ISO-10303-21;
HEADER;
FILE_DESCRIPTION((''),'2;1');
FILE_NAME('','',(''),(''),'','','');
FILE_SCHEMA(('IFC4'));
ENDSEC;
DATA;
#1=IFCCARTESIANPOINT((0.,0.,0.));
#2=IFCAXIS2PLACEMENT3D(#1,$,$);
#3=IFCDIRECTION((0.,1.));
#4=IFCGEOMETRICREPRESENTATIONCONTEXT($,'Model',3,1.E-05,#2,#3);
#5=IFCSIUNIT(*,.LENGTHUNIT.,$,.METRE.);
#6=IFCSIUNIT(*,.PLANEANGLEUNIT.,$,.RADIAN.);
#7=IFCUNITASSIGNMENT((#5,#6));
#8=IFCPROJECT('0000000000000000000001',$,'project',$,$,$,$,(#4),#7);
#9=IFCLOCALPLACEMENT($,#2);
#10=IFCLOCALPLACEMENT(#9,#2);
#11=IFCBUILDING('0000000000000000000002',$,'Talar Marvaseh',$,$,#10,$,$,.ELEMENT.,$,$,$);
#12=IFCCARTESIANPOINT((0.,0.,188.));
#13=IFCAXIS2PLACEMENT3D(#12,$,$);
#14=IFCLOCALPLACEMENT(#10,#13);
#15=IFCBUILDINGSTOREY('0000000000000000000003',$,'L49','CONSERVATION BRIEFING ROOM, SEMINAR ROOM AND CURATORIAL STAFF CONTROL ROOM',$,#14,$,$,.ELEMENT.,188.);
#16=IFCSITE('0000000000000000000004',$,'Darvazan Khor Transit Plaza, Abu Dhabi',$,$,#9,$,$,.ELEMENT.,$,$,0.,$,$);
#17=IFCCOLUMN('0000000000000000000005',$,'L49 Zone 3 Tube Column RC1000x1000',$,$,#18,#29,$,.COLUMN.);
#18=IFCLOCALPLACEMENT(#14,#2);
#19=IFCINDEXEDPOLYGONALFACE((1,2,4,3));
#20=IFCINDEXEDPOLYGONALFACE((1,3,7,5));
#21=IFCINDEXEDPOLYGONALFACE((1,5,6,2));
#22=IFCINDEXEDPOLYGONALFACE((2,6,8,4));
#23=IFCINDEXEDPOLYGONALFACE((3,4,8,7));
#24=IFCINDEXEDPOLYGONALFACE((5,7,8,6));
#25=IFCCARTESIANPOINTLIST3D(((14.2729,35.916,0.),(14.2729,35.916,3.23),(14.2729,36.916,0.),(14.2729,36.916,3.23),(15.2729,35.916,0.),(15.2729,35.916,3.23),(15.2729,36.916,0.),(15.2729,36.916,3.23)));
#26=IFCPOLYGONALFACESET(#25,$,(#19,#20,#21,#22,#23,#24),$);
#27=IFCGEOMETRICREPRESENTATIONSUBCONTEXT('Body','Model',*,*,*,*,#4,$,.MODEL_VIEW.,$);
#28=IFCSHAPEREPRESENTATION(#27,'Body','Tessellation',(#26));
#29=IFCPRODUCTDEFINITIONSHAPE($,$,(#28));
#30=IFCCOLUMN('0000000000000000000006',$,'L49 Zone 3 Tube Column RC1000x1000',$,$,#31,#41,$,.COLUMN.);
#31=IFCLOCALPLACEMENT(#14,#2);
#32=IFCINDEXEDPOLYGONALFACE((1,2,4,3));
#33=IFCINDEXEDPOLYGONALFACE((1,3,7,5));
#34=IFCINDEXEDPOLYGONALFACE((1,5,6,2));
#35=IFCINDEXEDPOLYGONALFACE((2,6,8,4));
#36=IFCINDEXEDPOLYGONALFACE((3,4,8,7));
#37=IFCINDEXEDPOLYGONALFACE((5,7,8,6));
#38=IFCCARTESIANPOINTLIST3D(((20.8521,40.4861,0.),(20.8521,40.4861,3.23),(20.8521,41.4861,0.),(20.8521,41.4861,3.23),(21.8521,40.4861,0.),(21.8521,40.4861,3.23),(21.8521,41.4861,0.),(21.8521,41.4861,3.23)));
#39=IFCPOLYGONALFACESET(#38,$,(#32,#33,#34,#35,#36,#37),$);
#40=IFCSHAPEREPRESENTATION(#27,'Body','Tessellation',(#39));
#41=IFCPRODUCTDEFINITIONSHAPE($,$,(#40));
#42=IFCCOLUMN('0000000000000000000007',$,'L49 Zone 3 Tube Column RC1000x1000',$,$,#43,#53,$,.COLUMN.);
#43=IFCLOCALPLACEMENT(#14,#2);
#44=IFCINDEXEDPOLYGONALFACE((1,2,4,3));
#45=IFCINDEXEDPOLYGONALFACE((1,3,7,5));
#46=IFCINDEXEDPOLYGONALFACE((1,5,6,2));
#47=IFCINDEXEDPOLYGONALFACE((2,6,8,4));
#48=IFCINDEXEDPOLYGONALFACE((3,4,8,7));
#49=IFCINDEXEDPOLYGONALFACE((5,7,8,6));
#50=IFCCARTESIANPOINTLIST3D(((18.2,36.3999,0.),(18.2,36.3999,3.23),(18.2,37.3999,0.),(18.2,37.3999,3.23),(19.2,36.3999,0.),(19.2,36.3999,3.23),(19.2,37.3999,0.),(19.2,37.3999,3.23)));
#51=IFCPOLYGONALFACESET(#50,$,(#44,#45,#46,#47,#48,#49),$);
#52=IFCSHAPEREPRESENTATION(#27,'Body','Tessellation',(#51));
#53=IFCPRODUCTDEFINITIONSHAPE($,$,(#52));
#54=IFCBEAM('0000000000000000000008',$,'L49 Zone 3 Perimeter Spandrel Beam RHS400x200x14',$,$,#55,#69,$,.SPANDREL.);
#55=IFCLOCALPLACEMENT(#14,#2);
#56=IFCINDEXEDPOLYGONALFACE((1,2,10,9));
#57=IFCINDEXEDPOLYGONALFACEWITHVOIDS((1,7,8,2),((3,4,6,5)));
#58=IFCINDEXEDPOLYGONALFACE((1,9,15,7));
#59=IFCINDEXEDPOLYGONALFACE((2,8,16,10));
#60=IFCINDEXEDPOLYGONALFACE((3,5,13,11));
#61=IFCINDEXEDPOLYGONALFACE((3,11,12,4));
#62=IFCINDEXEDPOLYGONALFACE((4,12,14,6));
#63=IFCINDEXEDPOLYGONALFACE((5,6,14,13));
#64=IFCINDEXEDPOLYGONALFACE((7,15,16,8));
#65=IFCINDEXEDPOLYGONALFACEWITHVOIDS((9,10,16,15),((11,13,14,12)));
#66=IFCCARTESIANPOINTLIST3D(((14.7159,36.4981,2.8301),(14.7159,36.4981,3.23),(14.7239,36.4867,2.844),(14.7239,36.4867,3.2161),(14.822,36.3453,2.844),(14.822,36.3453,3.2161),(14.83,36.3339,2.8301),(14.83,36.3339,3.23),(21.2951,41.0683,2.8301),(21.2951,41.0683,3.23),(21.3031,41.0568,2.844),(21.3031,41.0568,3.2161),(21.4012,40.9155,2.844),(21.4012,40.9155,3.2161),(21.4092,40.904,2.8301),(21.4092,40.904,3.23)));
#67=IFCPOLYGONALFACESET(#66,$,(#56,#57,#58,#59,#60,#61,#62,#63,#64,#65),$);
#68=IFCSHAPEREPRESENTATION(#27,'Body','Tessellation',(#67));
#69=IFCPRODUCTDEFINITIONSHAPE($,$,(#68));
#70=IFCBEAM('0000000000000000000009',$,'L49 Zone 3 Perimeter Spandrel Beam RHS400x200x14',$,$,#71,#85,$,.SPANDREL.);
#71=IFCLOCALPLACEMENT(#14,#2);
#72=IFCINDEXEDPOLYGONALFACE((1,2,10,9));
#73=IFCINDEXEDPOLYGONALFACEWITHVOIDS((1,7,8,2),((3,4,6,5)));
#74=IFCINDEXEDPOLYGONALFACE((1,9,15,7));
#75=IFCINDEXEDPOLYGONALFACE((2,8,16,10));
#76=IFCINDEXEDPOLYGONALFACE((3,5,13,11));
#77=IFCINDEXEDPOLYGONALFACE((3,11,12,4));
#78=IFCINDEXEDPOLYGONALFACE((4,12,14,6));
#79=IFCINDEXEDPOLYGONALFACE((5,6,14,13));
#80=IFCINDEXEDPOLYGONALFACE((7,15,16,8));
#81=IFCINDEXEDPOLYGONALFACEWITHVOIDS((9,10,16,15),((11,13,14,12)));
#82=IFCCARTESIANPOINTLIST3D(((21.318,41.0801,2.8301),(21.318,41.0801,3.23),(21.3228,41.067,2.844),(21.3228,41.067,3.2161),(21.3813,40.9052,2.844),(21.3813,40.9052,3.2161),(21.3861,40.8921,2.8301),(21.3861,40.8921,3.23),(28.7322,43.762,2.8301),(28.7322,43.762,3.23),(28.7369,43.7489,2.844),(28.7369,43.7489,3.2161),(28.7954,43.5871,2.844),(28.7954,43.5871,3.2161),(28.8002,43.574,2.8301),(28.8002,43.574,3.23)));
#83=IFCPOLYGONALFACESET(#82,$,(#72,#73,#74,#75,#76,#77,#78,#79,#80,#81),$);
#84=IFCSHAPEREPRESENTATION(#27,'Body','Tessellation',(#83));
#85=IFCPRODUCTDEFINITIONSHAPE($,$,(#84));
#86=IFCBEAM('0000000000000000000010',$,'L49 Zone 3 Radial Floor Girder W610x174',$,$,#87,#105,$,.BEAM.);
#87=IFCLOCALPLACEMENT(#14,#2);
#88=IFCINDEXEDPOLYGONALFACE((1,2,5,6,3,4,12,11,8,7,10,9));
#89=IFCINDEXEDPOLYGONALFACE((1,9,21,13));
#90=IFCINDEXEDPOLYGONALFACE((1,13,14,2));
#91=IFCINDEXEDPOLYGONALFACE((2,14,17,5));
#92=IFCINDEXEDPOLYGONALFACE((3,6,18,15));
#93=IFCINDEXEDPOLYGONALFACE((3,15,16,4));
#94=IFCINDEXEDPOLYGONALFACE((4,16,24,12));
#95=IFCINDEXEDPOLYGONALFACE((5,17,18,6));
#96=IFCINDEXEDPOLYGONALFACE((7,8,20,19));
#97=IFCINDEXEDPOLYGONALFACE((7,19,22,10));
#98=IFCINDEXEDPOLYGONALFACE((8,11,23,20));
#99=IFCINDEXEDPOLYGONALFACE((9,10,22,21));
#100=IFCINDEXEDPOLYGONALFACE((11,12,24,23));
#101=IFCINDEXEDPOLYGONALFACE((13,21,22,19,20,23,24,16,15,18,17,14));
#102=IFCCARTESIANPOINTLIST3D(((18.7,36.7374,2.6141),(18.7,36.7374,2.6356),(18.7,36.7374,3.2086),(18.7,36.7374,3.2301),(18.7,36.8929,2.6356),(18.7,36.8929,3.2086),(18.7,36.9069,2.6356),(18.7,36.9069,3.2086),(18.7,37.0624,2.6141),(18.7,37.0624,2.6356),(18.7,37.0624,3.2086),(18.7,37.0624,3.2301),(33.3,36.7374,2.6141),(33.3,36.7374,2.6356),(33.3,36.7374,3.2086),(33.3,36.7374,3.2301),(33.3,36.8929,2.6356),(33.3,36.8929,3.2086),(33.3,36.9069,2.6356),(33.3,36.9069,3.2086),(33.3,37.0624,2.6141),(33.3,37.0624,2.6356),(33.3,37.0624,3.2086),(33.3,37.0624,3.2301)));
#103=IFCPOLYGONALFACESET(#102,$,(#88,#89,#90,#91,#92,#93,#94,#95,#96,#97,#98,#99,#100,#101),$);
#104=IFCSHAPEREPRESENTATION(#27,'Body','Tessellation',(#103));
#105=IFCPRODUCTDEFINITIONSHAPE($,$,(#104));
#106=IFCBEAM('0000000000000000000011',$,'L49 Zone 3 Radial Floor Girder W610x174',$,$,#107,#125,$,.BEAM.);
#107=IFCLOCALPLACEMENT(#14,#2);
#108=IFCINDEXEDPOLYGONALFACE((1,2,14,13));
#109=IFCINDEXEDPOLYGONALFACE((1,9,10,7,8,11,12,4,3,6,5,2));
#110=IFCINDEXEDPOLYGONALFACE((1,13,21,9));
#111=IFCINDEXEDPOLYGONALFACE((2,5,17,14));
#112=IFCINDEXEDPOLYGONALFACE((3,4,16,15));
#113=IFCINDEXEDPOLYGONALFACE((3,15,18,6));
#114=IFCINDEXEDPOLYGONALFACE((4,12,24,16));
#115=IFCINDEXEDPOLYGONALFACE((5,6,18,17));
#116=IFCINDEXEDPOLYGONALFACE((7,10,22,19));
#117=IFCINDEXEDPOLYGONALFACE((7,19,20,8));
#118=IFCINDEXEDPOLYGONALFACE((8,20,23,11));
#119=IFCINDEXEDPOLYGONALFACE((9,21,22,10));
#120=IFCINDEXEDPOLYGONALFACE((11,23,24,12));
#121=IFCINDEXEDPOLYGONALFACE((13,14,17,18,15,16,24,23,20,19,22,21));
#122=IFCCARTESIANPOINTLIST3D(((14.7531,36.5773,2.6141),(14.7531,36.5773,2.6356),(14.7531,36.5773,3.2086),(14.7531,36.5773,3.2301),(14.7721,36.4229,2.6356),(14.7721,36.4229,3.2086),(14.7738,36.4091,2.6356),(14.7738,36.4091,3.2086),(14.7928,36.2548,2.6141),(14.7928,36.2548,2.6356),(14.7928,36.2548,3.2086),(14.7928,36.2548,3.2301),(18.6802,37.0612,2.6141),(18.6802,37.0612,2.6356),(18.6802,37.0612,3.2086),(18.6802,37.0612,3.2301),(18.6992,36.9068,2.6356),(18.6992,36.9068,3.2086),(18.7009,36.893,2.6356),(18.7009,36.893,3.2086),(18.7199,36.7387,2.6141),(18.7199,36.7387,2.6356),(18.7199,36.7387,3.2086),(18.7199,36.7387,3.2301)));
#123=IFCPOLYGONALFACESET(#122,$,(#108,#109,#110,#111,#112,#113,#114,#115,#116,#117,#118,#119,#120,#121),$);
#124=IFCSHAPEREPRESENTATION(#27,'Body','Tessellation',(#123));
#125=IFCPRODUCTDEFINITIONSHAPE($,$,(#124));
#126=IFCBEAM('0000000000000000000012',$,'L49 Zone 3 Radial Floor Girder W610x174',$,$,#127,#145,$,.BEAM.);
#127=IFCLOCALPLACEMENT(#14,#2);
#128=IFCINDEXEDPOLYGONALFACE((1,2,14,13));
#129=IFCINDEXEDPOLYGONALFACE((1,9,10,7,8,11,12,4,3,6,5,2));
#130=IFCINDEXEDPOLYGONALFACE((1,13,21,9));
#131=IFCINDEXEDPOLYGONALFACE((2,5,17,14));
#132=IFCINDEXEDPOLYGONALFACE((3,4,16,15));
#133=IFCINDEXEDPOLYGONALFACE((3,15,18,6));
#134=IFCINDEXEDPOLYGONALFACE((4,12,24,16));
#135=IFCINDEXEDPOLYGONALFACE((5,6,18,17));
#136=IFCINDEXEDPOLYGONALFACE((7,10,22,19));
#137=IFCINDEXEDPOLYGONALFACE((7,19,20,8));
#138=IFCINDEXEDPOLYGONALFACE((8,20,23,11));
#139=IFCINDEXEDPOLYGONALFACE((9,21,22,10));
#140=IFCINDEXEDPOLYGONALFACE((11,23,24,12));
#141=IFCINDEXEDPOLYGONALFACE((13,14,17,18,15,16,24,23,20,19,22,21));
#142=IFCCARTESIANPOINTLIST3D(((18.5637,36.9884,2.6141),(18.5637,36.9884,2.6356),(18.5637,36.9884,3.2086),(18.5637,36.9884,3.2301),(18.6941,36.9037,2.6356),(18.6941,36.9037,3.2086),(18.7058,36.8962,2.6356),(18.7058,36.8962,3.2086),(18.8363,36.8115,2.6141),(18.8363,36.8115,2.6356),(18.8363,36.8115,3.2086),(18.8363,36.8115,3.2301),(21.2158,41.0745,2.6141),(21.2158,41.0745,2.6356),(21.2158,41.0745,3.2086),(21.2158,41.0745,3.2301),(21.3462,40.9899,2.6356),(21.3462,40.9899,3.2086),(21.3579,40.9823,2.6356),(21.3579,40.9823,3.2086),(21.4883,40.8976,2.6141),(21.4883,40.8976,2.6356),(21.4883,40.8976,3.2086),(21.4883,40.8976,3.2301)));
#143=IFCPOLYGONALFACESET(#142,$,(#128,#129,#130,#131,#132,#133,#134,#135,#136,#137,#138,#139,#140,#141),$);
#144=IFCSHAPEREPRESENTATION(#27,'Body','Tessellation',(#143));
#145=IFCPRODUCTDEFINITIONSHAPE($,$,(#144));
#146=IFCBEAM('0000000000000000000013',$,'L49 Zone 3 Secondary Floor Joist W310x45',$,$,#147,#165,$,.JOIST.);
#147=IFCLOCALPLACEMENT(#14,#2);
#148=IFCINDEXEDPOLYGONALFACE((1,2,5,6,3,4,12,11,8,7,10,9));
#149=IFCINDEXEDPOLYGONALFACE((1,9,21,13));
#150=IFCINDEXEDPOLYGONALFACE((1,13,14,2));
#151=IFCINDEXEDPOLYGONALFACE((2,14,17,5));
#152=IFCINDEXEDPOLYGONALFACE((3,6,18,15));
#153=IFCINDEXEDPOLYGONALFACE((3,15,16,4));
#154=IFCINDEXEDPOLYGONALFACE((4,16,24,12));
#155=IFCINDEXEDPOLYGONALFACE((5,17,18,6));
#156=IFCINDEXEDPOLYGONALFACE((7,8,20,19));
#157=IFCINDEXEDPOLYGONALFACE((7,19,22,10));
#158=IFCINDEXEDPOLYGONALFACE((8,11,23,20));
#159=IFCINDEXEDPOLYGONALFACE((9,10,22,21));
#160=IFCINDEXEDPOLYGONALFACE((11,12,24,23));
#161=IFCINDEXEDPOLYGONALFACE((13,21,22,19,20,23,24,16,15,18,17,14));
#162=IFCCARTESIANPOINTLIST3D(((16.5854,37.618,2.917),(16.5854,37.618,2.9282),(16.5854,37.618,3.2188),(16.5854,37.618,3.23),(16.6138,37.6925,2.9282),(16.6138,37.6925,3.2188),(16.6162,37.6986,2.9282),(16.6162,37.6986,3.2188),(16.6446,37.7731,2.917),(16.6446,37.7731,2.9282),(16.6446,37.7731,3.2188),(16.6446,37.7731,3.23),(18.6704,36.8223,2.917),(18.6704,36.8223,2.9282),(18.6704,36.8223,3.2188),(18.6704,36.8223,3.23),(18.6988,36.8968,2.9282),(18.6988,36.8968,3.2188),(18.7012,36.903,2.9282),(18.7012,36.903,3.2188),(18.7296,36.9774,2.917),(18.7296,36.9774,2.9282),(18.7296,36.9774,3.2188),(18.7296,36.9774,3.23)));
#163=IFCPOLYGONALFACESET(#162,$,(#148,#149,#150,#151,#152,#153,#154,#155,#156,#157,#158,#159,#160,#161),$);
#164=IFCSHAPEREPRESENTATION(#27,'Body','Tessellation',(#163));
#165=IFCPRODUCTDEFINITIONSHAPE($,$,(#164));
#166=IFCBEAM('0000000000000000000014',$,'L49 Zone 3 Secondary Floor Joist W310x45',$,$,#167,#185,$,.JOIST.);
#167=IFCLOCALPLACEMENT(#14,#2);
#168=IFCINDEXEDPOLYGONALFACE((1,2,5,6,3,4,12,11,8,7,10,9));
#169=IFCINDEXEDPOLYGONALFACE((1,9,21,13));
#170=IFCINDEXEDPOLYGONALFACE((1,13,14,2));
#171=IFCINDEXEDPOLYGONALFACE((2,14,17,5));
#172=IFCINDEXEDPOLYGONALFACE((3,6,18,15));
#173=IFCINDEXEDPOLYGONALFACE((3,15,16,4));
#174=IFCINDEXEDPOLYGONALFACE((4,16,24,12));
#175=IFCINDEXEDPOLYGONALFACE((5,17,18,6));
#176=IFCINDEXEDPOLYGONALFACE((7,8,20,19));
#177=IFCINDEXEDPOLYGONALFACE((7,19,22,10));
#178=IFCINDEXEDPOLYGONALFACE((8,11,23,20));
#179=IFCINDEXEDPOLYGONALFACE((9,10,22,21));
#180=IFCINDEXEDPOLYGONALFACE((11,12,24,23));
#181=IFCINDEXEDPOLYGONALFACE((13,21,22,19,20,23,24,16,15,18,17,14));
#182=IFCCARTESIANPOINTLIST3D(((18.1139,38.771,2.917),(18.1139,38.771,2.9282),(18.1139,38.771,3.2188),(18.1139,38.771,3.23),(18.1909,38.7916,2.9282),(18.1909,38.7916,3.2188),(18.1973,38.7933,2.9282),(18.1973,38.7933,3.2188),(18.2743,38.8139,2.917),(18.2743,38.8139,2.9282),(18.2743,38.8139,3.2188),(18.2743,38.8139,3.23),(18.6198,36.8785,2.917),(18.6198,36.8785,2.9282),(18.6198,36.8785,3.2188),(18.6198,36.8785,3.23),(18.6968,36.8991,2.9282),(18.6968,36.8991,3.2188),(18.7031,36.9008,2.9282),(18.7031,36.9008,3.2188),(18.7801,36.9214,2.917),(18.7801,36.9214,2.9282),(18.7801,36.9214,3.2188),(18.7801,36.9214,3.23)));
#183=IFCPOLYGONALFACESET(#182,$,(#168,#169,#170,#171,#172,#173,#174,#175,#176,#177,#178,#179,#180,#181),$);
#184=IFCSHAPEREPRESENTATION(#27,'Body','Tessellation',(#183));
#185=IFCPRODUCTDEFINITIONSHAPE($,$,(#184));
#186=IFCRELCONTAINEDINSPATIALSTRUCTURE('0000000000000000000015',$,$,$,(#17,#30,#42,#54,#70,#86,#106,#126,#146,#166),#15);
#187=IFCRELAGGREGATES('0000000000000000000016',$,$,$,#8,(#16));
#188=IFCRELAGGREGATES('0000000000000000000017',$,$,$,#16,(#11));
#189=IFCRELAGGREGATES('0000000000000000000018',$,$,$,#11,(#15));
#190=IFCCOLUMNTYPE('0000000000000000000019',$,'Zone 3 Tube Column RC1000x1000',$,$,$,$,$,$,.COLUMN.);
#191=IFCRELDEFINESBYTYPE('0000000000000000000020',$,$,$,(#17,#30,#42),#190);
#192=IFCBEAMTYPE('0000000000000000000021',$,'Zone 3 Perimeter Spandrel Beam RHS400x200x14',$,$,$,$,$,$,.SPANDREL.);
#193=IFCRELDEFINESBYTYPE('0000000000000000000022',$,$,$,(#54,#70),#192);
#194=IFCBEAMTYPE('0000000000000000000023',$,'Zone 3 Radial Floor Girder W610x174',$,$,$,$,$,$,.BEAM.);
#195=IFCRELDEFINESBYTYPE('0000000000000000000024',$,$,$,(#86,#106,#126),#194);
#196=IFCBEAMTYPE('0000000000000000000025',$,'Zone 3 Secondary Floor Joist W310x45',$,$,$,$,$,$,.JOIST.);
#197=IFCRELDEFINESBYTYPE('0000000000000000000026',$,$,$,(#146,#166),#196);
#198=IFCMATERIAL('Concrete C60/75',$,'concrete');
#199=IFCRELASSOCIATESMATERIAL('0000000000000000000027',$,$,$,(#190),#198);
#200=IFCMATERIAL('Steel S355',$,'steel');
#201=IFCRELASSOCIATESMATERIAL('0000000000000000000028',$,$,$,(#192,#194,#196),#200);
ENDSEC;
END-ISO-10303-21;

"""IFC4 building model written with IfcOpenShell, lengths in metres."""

from ifc_helpers import new_model, si_unit, direction, frame, origin, origin_2d, place, context, subcontext, project, spatial, rectangle, hollow_rectangle, i_section, extrude, material, material_profile, profile_set, type_object, element, save


model = new_model("IFC4")

# Units and contexts
model_context = context("Model", 3, precision=1e-05, world=origin(), true_north=direction((0.0, 1.0)))
body_context = subcontext(model_context, "Body", "Model", "MODEL_VIEW")
ifc_project = project(units=[si_unit("LENGTHUNIT", "METRE"), si_unit("PLANEANGLEUNIT", "RADIAN")], contexts=[model_context])

# Site, building, storey
site_placement = place(None, origin())
site = spatial("IfcSite", under=ifc_project, at=site_placement, Name="Darvazan Khor Transit Plaza, Abu Dhabi", CompositionType="ELEMENT", RefElevation=0.0)
building_placement = place(site_placement, origin())
building = spatial("IfcBuilding", under=site, at=building_placement, Name="Talar Marvaseh", CompositionType="ELEMENT")
storey_placement = place(building_placement, frame((0.0, 0.0, 188.0)))
storey = spatial("IfcBuildingStorey", under=building, at=storey_placement, Name="L49", Description="CONSERVATION BRIEFING ROOM, SEMINAR ROOM AND CURATORIAL STAFF CONTROL ROOM", CompositionType="ELEMENT", Elevation=188.0)

# Columns
ifc_material_1 = material(Name="Concrete C60/75", Category="concrete")
ifc_material_profile_1 = material_profile(ifc_material_1, rectangle(XDim=1.0, YDim=1.0, at=origin_2d()), Name="RC1000x1000")
ifc_profile_set_1 = profile_set([ifc_material_profile_1], Name="Concrete C60/75")
column_type = type_object("IfcColumnType", Name="Zone 3 Tube Column RC1000x1000", PredefinedType="COLUMN", material=ifc_profile_set_1)
for number, where, z_axis, x_axis, name in (
    (1, (14.7729, 36.416, 0.0), (0.0, 0.0, 1.0), (1.0, 0.0, 0.0), "L49 Zone 3 Tube Column RC1000x1000"),
    (2, (21.3521, 40.9861, 0.0), (0.0, 0.0, 1.0), (1.0, 0.0, 0.0), "L49 Zone 3 Tube Column RC1000x1000"),
    (3, (18.7, 36.8999, 0.0), (0.0, 0.0, 1.0), (1.0, 0.0, 0.0), "L49 Zone 3 Tube Column RC1000x1000"),
):
    element("IfcColumn", number, at=place(storey_placement, frame(where, z_axis=z_axis, x_axis=x_axis)), inside=storey, type_object=column_type, Name=name, PredefinedType="COLUMN", context=body_context, shape_type="SweptSolid", body=[
        extrude(rectangle(XDim=1.0, YDim=1.0, at=origin_2d()), origin(), (0.0, 0.0, 1.0), 3.23),
    ])

# Beams
ifc_material_2 = material(Name="Steel S355", Category="steel")
ifc_material_profile_2 = material_profile(ifc_material_2, hollow_rectangle(XDim=0.2, YDim=0.3999, WallThickness=0.0139, at=origin_2d()), Name="RHS400x200x14")
ifc_profile_set_2 = profile_set([ifc_material_profile_2], Name="Steel S355")
beam_type_1 = type_object("IfcBeamType", Name="Zone 3 Perimeter Spandrel Beam RHS400x200x14", PredefinedType="SPANDREL", material=ifc_profile_set_2)
beam_1_placement = place(storey_placement, frame((14.7729, 36.416, 3.03), z_axis=(0.821297, 0.570501, 0.0), x_axis=(-0.570501, 0.821297, 0.0)))
element("IfcBeam", 4, at=beam_1_placement, inside=storey, type_object=beam_type_1, Name="L49 Zone 3 Perimeter Spandrel Beam RHS400x200x14", PredefinedType="SPANDREL", context=body_context, shape_type="SweptSolid", body=[
    extrude(hollow_rectangle(XDim=0.2, YDim=0.3999, WallThickness=0.0139, at=origin_2d()), origin(), (0.0, 0.0, 1.0), 8.0107),
])
beam_2_placement = place(storey_placement, frame((21.3521, 40.9861, 3.03), z_axis=(0.940368, 0.340159, 0.0), x_axis=(-0.340159, 0.940368, 0.0)))
element("IfcBeam", 5, at=beam_2_placement, inside=storey, type_object=beam_type_1, Name="L49 Zone 3 Perimeter Spandrel Beam RHS400x200x14", PredefinedType="SPANDREL", context=body_context, shape_type="SweptSolid", body=[
    extrude(hollow_rectangle(XDim=0.2, YDim=0.3999, WallThickness=0.0139, at=origin_2d()), origin(), (0.0, 0.0, 1.0), 7.8843),
])
ifc_material_profile_3 = material_profile(ifc_material_2, i_section(OverallWidth=0.325, OverallDepth=0.616, WebThickness=0.0139, FlangeThickness=0.0215, at=origin_2d()), Name="W610x174")
ifc_profile_set_3 = profile_set([ifc_material_profile_3], Name="Steel S355")
beam_type_2 = type_object("IfcBeamType", Name="Zone 3 Radial Floor Girder W610x174", PredefinedType="BEAM", material=ifc_profile_set_3)
beam_3_placement = place(storey_placement, frame((18.7, 36.8999, 2.9221), z_axis=(1.0, 0.0, 0.0), x_axis=(0.0, 1.0, 0.0)))
element("IfcBeam", 6, at=beam_3_placement, inside=storey, type_object=beam_type_2, Name="L49 Zone 3 Radial Floor Girder W610x174", PredefinedType="BEAM", context=body_context, shape_type="SweptSolid", body=[
    extrude(i_section(OverallWidth=0.325, OverallDepth=0.616, WebThickness=0.0139, FlangeThickness=0.0215, at=origin_2d()), origin(), (0.0, 0.0, 1.0), 14.6001),
])
beam_4_placement = place(storey_placement, frame((14.7729, 36.416, 2.9221), z_axis=(0.992494, 0.122295, 0.0), x_axis=(-0.122295, 0.992494, 0.0)))
element("IfcBeam", 7, at=beam_4_placement, inside=storey, type_object=beam_type_2, Name="L49 Zone 3 Radial Floor Girder W610x174", PredefinedType="BEAM", context=body_context, shape_type="SweptSolid", body=[
    extrude(i_section(OverallWidth=0.325, OverallDepth=0.616, WebThickness=0.0139, FlangeThickness=0.0215, at=origin_2d()), origin(), (0.0, 0.0, 1.0), 3.9568),
])
beam_5_placement = place(storey_placement, frame((21.3521, 40.9861, 2.9221), z_axis=(-0.544423, -0.838811, 0.0), x_axis=(0.838811, -0.544423, 0.0)))
element("IfcBeam", 8, at=beam_5_placement, inside=storey, type_object=beam_type_2, Name="L49 Zone 3 Radial Floor Girder W610x174", PredefinedType="BEAM", context=body_context, shape_type="SweptSolid", body=[
    extrude(i_section(OverallWidth=0.325, OverallDepth=0.616, WebThickness=0.0139, FlangeThickness=0.0215, at=origin_2d()), origin(), (0.0, 0.0, 1.0), 4.8713),
])
ifc_material_profile_4 = material_profile(ifc_material_2, i_section(OverallWidth=0.166, OverallDepth=0.313, WebThickness=0.0066, FlangeThickness=0.0112, at=origin_2d()), Name="W310x45")
ifc_profile_set_4 = profile_set([ifc_material_profile_4], Name="Steel S355")
beam_type_3 = type_object("IfcBeamType", Name="Zone 3 Secondary Floor Joist W310x45", PredefinedType="JOIST", material=ifc_profile_set_4)
beam_6_placement = place(storey_placement, frame((16.615, 37.6956, 3.0735), z_axis=(0.934281, -0.356537, 0.0), x_axis=(0.356537, 0.934281, 0.0)))
element("IfcBeam", 9, at=beam_6_placement, inside=storey, type_object=beam_type_3, Name="L49 Zone 3 Secondary Floor Joist W310x45", PredefinedType="JOIST", context=body_context, shape_type="SweptSolid", body=[
    extrude(i_section(OverallWidth=0.166, OverallDepth=0.313, WebThickness=0.0066, FlangeThickness=0.0112, at=origin_2d()), origin(), (0.0, 0.0, 1.0), 2.2317),
])
beam_7_placement = place(storey_placement, frame((18.1941, 38.7925, 3.0735), z_axis=(0.258221, -0.966086, 0.0), x_axis=(0.966086, 0.258221, 0.0)))
element("IfcBeam", 10, at=beam_7_placement, inside=storey, type_object=beam_type_3, Name="L49 Zone 3 Secondary Floor Joist W310x45", PredefinedType="JOIST", context=body_context, shape_type="SweptSolid", body=[
    extrude(i_section(OverallWidth=0.166, OverallDepth=0.313, WebThickness=0.0066, FlangeThickness=0.0112, at=origin_2d()), origin(), (0.0, 0.0, 1.0), 1.959),
])

save(model, "model.ifc")
